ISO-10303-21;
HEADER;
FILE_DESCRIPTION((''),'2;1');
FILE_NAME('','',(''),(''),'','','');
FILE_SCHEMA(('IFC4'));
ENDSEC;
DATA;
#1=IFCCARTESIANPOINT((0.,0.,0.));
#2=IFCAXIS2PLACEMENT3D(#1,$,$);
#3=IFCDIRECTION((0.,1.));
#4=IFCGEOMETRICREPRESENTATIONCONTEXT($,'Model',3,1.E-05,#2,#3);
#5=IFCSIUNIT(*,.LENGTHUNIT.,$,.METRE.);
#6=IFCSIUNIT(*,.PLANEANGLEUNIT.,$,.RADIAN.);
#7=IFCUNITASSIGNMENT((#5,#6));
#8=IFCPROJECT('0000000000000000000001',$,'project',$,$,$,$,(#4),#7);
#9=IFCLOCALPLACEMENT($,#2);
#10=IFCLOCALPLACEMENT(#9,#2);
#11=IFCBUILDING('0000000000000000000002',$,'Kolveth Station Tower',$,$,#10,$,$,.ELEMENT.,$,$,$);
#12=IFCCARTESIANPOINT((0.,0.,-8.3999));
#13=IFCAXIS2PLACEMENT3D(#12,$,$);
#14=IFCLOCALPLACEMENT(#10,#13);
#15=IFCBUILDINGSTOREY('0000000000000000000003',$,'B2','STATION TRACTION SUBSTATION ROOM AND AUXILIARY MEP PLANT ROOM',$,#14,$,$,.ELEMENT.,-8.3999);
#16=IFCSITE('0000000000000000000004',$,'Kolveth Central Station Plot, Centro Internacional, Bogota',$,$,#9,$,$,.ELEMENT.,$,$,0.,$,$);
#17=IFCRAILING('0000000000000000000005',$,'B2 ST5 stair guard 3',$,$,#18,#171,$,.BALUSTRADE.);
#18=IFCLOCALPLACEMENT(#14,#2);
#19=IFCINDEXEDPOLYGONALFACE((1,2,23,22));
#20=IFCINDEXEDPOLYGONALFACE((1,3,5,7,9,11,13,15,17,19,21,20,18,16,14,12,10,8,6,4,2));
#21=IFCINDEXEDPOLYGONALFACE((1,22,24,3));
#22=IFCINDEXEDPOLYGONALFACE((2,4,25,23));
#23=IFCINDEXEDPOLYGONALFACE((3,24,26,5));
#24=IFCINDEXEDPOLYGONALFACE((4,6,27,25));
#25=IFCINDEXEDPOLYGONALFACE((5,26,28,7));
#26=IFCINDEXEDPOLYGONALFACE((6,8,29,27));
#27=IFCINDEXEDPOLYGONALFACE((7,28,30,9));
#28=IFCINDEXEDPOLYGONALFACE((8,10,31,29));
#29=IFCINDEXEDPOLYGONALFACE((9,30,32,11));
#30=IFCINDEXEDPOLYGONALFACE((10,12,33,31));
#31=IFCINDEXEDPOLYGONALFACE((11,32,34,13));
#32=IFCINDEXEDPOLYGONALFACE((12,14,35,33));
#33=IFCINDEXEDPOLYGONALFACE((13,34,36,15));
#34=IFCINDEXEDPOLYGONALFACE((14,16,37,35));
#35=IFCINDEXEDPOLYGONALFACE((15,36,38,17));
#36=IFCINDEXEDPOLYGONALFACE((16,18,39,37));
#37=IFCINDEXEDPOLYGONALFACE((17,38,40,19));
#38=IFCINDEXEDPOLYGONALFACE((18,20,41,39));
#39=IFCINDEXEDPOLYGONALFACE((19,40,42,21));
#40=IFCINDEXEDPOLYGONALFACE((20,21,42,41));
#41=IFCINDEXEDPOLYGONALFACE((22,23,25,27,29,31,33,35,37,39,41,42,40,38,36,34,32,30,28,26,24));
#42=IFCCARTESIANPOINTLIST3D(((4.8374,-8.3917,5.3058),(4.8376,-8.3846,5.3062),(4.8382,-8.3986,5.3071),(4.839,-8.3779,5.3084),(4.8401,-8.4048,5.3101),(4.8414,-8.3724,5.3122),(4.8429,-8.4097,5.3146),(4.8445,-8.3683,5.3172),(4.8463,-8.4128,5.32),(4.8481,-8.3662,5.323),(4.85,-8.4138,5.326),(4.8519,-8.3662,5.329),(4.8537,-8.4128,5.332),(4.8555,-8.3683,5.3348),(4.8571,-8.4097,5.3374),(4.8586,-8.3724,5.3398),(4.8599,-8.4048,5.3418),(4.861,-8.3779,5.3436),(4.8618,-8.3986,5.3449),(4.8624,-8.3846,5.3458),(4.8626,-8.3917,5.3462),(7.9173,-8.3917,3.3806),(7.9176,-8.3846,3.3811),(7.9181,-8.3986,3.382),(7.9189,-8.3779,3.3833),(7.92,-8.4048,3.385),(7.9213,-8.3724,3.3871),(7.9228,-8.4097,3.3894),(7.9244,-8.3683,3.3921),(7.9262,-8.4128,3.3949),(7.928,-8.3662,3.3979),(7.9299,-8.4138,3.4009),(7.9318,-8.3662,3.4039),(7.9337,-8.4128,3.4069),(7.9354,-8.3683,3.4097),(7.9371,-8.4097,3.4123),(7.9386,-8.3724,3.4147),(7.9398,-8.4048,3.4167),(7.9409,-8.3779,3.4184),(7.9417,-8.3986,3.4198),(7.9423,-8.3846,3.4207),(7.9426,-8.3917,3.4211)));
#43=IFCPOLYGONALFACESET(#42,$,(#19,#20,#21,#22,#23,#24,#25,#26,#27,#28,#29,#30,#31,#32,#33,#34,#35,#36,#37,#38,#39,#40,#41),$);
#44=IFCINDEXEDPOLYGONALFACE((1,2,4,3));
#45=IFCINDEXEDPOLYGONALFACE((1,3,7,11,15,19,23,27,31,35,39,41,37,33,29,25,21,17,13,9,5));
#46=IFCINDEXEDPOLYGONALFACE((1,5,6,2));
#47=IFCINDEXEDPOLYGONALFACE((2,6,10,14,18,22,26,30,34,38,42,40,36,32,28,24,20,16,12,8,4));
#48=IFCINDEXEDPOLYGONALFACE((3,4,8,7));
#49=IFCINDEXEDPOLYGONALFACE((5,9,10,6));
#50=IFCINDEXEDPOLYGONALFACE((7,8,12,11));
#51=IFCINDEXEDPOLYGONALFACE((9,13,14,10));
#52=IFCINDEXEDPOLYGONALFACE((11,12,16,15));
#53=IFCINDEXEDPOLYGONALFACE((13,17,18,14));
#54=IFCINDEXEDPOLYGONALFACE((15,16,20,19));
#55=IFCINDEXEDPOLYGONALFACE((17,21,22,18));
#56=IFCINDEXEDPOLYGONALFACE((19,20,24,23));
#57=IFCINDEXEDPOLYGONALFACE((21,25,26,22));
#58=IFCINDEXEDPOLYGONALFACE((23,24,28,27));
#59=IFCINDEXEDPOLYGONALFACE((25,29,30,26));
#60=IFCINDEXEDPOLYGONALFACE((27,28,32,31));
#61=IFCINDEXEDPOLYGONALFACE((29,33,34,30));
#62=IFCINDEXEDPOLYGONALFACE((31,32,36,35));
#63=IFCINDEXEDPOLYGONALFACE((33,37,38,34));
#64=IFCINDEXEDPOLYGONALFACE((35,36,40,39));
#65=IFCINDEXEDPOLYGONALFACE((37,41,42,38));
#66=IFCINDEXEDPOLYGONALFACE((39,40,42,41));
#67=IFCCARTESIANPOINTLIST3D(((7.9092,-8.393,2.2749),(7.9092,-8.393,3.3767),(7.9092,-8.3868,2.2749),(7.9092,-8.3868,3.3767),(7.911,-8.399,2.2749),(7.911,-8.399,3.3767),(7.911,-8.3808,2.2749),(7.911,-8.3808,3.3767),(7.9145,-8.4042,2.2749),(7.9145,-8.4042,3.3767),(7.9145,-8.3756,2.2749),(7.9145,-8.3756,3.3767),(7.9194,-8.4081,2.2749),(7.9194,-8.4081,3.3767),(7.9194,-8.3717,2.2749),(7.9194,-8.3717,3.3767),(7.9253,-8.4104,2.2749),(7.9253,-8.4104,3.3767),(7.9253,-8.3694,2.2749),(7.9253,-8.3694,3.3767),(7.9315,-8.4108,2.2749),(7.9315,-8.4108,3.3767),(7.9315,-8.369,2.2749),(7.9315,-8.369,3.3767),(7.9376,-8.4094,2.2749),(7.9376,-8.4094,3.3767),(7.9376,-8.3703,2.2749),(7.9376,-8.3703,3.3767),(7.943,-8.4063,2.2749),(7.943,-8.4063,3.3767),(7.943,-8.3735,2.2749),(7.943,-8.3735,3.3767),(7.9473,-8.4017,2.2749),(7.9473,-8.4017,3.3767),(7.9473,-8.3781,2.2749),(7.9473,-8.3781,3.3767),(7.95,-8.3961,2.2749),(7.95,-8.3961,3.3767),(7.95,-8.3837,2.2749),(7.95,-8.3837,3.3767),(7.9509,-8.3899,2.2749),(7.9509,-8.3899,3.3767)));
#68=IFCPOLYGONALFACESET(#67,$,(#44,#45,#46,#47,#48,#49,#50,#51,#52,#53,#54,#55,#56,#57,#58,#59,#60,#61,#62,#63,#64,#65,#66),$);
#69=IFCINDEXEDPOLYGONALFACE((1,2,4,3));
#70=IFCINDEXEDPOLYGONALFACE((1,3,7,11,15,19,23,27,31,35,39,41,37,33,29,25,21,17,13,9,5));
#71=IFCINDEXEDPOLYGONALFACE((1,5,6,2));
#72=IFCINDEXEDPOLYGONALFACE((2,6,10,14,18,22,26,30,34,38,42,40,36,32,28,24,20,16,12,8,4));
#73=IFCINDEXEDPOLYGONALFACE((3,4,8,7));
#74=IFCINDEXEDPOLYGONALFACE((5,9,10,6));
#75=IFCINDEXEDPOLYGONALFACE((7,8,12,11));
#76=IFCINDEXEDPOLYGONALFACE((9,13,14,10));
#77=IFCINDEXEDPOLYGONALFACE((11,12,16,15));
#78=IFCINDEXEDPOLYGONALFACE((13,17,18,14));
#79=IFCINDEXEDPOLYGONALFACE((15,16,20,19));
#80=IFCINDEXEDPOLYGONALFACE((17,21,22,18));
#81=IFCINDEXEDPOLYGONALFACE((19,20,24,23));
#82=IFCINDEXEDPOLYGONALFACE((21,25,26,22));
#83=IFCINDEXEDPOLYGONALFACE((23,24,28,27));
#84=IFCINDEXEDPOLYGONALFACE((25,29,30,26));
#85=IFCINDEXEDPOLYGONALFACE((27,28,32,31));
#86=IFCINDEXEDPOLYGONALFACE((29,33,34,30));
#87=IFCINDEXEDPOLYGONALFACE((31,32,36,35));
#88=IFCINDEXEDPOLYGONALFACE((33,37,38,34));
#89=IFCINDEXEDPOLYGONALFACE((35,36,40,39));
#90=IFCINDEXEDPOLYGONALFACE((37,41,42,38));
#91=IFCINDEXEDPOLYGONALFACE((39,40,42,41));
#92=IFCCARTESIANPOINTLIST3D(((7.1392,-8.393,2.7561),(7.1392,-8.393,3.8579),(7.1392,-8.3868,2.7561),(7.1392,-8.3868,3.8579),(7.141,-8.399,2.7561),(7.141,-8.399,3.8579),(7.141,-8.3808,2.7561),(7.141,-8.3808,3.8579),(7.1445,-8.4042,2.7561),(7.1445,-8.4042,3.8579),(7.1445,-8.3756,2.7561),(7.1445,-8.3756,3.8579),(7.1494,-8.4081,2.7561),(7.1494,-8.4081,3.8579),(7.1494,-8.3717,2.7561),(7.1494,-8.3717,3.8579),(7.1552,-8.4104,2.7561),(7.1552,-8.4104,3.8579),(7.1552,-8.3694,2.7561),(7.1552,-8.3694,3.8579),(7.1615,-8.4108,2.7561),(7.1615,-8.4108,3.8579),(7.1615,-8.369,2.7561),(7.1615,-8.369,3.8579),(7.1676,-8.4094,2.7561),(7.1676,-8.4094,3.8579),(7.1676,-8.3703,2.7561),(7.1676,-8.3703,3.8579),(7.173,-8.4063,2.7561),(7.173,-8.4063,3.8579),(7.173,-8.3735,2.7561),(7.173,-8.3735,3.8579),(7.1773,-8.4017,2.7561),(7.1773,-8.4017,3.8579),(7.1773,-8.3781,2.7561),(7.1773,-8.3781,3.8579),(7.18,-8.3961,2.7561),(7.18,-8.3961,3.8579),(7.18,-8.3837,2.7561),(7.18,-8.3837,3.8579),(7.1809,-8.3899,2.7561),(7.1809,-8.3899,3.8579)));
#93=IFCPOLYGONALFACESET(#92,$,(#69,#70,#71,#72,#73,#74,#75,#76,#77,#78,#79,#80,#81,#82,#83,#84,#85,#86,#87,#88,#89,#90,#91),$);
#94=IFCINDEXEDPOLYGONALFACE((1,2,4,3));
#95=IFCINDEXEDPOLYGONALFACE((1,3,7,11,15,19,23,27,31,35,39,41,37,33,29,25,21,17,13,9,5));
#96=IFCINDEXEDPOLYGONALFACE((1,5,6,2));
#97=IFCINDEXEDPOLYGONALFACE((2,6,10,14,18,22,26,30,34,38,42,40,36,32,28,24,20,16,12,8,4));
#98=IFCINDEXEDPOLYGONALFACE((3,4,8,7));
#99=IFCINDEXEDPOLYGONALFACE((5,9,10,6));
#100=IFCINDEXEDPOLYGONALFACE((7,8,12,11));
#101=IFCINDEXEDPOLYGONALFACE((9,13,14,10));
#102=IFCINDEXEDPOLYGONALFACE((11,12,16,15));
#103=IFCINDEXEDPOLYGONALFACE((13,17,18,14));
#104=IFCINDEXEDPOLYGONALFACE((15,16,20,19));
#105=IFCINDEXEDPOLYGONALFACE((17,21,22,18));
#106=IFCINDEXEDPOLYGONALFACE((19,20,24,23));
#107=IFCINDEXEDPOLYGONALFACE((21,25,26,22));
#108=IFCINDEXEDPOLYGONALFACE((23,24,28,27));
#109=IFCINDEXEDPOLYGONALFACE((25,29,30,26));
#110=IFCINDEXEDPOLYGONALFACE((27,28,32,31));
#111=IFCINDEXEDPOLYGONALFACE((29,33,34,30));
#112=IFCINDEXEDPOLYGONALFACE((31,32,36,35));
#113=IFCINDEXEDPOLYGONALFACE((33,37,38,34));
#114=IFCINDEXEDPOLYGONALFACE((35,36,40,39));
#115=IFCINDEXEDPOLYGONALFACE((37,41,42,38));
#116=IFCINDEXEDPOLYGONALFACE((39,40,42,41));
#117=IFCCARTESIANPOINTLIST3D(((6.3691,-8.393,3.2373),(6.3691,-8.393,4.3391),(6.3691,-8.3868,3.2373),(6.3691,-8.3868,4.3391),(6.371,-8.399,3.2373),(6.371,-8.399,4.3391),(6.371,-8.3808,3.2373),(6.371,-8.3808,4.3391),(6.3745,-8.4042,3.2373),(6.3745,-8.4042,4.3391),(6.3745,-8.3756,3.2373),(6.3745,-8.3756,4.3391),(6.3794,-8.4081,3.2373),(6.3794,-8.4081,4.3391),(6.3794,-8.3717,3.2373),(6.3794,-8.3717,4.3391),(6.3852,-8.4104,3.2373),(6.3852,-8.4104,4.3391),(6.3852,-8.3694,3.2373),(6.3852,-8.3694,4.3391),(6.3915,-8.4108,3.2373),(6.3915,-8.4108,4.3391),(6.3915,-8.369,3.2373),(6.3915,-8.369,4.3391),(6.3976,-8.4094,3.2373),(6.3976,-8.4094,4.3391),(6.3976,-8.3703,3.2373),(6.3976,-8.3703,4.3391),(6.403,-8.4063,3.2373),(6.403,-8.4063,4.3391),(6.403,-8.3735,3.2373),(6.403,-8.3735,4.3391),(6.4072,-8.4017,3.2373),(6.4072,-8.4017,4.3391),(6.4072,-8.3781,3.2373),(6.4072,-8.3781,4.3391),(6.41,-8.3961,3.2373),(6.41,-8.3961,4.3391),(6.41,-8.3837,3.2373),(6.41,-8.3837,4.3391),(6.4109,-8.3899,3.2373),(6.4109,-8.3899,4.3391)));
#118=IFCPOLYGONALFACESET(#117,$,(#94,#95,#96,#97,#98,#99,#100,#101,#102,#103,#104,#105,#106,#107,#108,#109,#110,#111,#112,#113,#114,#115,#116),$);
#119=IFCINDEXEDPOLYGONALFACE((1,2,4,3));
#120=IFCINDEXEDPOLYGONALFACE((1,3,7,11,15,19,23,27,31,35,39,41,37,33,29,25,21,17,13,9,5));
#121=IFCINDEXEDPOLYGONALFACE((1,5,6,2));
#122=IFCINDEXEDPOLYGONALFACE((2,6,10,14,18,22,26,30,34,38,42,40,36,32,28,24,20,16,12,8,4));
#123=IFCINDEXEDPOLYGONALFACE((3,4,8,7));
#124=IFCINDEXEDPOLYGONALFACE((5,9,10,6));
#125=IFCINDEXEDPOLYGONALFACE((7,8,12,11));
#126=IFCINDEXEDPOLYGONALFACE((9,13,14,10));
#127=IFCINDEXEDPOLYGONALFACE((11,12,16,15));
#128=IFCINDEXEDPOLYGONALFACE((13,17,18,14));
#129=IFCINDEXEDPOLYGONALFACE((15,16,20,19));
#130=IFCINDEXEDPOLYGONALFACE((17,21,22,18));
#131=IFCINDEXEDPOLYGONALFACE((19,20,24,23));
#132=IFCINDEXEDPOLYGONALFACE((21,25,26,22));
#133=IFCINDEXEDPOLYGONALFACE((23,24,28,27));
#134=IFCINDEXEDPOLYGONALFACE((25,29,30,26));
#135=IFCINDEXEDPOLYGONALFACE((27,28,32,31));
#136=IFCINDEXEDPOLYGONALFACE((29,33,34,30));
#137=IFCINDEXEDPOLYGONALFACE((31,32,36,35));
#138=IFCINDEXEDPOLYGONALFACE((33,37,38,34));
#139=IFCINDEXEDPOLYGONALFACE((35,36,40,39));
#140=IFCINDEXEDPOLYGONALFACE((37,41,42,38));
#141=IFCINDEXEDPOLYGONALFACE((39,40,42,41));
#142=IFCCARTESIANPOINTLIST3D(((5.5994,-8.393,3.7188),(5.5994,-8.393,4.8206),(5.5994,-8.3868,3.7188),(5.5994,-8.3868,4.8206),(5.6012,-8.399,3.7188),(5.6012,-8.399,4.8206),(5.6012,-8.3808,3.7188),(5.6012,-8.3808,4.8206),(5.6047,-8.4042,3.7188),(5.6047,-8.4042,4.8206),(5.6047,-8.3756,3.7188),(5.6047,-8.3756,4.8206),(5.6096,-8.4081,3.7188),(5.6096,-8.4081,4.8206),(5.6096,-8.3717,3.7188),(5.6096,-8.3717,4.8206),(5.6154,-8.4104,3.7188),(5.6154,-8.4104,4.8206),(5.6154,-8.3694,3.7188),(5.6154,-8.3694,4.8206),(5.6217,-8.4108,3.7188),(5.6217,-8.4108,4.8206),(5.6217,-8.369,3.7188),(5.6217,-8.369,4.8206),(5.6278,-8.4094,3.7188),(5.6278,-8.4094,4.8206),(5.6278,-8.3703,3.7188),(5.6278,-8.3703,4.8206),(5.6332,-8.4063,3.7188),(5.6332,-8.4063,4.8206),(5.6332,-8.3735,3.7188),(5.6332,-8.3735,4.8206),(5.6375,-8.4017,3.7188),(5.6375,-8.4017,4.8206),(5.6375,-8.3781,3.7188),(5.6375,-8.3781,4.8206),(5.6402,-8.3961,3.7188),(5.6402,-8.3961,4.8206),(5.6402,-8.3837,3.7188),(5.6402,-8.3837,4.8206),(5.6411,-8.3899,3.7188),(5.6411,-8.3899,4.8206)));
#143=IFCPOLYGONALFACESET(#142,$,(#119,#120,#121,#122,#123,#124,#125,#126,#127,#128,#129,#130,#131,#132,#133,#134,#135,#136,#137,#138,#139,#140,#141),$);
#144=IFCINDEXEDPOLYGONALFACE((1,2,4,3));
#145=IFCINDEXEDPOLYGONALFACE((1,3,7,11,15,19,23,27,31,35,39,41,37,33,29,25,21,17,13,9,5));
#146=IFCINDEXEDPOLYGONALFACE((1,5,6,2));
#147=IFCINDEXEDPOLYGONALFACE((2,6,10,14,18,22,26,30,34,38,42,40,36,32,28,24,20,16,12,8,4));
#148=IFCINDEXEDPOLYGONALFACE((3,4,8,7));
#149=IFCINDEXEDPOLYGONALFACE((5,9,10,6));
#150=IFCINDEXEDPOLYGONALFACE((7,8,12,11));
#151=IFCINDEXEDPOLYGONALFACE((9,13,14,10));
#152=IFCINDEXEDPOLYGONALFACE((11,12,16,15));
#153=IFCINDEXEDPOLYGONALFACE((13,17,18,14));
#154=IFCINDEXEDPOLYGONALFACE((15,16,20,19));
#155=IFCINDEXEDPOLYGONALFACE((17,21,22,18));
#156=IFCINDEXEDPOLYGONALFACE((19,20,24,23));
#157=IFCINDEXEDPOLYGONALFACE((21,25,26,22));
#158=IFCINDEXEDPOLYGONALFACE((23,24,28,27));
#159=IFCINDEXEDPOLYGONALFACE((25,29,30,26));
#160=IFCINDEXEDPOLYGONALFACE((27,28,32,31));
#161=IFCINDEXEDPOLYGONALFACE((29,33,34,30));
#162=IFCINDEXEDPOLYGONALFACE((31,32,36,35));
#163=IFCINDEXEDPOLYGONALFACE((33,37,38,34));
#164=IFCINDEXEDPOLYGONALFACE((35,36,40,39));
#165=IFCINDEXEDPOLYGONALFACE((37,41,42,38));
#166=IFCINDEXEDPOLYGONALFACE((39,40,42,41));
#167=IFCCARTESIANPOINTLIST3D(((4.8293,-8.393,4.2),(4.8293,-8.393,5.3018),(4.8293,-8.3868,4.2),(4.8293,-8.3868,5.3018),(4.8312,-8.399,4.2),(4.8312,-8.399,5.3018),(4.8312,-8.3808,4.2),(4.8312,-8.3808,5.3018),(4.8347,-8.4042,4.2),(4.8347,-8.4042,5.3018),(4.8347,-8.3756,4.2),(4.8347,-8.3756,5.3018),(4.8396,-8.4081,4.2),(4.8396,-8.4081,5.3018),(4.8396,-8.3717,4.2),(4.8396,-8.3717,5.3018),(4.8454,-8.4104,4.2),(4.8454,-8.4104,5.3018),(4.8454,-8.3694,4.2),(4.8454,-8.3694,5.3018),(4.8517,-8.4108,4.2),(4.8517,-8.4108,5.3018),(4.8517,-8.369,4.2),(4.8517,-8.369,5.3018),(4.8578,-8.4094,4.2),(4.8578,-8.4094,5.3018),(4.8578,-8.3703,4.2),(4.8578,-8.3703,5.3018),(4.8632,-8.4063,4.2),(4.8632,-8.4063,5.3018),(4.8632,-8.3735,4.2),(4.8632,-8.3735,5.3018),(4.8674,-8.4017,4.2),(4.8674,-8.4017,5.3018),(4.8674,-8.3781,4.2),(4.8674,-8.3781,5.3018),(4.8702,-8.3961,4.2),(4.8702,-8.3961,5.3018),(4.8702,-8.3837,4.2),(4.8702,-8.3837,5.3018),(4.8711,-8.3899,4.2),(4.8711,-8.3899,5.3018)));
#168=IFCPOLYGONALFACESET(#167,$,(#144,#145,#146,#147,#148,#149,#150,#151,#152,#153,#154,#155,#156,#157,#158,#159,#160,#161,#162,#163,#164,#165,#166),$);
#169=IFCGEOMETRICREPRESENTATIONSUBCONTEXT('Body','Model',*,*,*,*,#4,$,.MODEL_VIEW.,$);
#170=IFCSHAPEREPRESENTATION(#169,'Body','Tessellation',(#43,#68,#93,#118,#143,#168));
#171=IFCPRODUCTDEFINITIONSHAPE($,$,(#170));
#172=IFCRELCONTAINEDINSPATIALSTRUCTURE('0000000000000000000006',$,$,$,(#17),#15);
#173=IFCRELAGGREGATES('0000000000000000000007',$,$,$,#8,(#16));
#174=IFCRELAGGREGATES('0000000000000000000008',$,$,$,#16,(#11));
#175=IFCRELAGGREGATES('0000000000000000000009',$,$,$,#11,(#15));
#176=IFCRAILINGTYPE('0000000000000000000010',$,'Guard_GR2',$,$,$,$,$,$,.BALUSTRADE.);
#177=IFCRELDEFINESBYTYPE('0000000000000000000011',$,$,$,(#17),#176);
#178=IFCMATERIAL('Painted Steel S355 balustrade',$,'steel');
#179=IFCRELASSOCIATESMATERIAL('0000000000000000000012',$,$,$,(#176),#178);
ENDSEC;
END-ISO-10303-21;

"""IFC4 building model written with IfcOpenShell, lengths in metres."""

from ifc_helpers import new_model, si_unit, direction, frame, origin, origin_2d, place, context, subcontext, project, spatial, circle, extrude, material, type_object, element, save


model = new_model("IFC4")

# Units and contexts
model_context = context("Model", 3, precision=1e-05, world=origin(), true_north=direction((0.0, 1.0)))
body_context = subcontext(model_context, "Body", "Model", "MODEL_VIEW")
ifc_project = project(units=[si_unit("LENGTHUNIT", "METRE"), si_unit("PLANEANGLEUNIT", "RADIAN")], contexts=[model_context])

# Site, building, storey
site_placement = place(None, origin())
site = spatial("IfcSite", under=ifc_project, at=site_placement, Name="Kolveth Central Station Plot, Centro Internacional, Bogota", CompositionType="ELEMENT", RefElevation=0.0)
building_placement = place(site_placement, origin())
building = spatial("IfcBuilding", under=site, at=building_placement, Name="Kolveth Station Tower", CompositionType="ELEMENT")
storey_placement = place(building_placement, frame((0.0, 0.0, -8.3999)))
storey = spatial("IfcBuildingStorey", under=building, at=storey_placement, Name="B2", Description="STATION TRACTION SUBSTATION ROOM AND AUXILIARY MEP PLANT ROOM", CompositionType="ELEMENT", Elevation=-8.3999)

# Railing
ifc_material_1 = material(Name="Painted Steel S355 balustrade", Category="steel")
railing_type_1 = type_object("IfcRailingType", Name="Guard_GR2", PredefinedType="BALUSTRADE", material=ifc_material_1)
railing_1_placement = place(storey_placement, frame((7.9299, -8.3899, 2.2749)))
element("IfcRailing", 1, at=railing_1_placement, inside=storey, type_object=railing_type_1, Name="B2 ST5 stair guard 3", PredefinedType="BALUSTRADE", context=body_context, shape_type="SweptSolid", body=[
    extrude(circle(Radius=0.0239, at=origin_2d()), frame((0.0, 0.0, 1.126), z_axis=(-0.847979, 0.0, 0.530029), x_axis=(0.0, -1.0, 0.0)), (0.0, 0.0, 1.0), 3.6321),
    extrude(circle(Radius=0.021, at=origin_2d()), origin(), (0.0, 0.0, 1.0), 1.1018),
    extrude(circle(Radius=0.021, at=origin_2d()), frame((-0.77, 0.0, 0.4812)), (0.0, 0.0, 1.0), 1.1018),
    extrude(circle(Radius=0.021, at=origin_2d()), frame((-1.54, 0.0, 0.9624)), (0.0, 0.0, 1.0), 1.1018),
    extrude(circle(Radius=0.021, at=origin_2d()), frame((-2.3098, 0.0, 1.4438)), (0.0, 0.0, 1.0), 1.1018),
    extrude(circle(Radius=0.021, at=origin_2d()), frame((-3.0798, 0.0, 1.925)), (0.0, 0.0, 1.0), 1.1018),
])

save(model, "model.ifc")
